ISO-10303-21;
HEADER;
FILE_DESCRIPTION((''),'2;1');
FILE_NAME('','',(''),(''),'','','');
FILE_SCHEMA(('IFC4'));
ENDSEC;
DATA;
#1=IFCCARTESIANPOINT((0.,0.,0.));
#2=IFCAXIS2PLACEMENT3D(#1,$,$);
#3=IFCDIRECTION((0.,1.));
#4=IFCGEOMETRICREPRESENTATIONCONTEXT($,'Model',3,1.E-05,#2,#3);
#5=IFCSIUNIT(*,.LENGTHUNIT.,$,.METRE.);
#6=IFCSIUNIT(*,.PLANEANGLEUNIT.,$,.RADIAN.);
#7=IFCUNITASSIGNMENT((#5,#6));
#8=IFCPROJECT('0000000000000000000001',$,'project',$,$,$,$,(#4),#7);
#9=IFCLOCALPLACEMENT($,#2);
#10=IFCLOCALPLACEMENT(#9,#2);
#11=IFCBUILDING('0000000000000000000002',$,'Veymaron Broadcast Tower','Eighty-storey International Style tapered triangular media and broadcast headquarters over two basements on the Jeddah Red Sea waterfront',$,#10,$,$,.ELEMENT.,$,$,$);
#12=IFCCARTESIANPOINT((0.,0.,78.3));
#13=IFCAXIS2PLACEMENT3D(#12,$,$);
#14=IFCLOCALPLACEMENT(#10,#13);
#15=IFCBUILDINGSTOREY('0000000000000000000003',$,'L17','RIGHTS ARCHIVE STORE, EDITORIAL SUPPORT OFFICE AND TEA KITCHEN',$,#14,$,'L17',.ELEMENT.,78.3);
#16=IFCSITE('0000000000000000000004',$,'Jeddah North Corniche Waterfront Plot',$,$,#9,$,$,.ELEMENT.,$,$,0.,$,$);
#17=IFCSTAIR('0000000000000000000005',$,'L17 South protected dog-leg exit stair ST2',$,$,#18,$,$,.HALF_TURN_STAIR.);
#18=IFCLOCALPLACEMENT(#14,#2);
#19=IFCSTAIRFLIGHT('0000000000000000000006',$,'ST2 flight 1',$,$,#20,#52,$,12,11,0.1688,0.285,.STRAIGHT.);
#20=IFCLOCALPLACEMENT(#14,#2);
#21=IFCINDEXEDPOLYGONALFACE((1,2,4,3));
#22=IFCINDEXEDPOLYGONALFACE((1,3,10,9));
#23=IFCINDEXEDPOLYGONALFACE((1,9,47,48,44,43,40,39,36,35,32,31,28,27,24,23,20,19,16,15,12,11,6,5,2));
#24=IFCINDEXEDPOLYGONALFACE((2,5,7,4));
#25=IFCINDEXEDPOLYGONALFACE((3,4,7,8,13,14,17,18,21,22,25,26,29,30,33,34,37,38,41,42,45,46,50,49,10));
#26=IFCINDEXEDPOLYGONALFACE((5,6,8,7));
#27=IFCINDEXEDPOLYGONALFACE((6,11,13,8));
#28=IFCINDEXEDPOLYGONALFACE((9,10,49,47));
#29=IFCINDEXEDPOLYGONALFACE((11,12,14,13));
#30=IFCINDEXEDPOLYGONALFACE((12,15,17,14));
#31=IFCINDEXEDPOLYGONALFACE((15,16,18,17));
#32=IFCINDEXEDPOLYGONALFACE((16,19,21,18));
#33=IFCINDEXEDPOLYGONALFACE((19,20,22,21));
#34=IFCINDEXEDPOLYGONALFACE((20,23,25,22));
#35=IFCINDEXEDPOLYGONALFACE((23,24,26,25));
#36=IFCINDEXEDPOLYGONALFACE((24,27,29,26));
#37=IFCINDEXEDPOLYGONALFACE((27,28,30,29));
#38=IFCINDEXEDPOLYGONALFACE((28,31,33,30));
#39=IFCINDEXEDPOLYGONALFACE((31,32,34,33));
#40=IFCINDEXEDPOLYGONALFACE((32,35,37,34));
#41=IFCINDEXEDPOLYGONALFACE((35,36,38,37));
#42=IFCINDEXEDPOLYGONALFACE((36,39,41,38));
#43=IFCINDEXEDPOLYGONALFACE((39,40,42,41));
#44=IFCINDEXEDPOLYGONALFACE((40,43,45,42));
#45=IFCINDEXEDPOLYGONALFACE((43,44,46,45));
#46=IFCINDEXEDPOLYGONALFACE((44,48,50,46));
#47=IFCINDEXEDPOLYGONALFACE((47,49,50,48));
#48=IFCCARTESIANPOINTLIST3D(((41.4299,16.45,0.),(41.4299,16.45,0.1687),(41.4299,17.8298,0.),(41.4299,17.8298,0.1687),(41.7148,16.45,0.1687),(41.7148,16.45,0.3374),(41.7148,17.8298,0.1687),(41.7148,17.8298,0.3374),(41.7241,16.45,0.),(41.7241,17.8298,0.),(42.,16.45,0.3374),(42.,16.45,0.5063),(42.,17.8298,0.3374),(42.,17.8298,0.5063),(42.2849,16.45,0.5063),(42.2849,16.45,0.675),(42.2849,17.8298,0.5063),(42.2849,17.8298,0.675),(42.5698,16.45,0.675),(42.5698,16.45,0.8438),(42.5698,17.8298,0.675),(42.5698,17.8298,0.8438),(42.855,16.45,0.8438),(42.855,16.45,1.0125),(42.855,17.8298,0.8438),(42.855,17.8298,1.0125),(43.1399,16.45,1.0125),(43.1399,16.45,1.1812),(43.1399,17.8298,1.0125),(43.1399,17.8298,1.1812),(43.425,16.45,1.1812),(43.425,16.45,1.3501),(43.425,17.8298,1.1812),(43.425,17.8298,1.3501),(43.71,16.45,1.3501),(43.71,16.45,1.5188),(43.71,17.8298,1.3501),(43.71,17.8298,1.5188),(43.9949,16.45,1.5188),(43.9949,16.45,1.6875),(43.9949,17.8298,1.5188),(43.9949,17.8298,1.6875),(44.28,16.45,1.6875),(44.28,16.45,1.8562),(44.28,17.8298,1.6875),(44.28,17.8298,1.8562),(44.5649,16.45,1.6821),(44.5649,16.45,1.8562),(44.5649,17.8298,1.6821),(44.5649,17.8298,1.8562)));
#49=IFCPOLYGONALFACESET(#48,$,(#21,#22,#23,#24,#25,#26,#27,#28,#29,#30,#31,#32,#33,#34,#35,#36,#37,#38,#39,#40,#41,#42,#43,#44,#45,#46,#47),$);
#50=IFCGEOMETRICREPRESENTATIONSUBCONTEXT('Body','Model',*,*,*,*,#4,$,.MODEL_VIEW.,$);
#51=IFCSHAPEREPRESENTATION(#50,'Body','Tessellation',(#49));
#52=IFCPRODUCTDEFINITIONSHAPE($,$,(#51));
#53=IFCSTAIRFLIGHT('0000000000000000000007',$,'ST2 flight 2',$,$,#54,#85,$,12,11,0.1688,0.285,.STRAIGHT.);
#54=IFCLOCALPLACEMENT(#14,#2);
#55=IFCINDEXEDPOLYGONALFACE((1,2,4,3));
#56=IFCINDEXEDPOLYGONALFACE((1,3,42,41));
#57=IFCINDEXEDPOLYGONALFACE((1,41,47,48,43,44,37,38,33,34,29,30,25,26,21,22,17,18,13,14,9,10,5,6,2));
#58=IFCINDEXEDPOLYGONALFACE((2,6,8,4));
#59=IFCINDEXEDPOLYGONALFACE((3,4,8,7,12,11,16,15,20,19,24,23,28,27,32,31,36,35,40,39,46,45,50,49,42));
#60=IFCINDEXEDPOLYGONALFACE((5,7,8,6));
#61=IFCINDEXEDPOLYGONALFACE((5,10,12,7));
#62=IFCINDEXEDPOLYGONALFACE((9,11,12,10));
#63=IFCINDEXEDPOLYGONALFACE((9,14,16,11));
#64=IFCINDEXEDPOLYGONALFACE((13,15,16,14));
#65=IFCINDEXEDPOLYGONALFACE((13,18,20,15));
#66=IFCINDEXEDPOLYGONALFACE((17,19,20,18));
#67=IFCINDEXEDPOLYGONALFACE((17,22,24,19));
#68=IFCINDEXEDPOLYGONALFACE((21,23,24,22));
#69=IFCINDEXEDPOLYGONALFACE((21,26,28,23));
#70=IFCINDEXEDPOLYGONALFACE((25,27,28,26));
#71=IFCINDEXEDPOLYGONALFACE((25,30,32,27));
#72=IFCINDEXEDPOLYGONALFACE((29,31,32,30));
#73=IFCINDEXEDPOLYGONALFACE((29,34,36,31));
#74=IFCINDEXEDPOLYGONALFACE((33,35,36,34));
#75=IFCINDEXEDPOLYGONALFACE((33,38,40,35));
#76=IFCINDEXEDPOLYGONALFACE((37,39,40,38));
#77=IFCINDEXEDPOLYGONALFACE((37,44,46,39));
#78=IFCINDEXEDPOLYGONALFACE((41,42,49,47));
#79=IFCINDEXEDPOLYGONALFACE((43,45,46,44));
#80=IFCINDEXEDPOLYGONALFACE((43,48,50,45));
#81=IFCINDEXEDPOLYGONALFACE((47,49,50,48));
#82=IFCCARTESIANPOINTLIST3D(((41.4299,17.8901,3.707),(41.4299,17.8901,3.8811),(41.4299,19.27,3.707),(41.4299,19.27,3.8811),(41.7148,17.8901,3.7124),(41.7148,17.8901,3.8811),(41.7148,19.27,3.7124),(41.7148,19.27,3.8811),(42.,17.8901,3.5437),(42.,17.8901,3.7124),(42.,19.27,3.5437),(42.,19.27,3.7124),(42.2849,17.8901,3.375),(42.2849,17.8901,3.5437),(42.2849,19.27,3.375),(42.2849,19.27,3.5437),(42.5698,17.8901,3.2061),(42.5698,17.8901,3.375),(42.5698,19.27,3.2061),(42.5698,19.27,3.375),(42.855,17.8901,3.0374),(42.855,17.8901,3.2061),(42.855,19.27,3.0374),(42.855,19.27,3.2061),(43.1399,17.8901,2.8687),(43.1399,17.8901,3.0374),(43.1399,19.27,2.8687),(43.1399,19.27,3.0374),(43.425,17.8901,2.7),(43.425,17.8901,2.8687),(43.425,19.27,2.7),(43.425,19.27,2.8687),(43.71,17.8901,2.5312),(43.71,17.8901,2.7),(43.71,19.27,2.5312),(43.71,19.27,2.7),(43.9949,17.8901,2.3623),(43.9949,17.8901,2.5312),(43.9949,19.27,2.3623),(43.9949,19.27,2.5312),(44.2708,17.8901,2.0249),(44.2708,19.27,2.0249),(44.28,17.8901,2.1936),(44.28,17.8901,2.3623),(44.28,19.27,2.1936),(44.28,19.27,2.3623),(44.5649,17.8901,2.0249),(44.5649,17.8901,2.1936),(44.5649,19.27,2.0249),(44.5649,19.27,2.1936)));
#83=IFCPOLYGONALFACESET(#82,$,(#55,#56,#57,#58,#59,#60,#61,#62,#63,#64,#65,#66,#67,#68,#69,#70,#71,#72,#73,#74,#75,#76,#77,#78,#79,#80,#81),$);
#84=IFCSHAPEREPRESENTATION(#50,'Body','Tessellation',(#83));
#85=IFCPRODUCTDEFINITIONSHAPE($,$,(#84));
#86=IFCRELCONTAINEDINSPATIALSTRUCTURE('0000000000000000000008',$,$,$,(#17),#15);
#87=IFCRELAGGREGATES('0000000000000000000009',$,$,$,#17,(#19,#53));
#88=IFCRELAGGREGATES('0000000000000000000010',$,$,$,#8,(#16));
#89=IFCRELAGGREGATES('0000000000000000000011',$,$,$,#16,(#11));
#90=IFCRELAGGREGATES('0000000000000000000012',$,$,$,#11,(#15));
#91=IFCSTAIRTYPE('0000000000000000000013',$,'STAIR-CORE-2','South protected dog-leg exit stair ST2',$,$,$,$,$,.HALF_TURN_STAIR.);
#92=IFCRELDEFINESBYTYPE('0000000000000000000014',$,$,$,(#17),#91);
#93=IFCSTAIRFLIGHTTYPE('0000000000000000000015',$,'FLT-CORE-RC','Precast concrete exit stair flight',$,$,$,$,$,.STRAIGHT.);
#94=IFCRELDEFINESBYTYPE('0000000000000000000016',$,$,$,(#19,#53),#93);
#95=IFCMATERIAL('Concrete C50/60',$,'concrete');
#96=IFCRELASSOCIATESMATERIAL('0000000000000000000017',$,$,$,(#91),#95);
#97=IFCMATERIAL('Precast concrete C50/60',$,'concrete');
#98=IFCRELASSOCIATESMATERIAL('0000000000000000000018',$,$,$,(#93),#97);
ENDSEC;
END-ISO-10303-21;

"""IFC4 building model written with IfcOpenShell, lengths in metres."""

from ifc_helpers import new_model, si_unit, direction, frame, origin, place, context, subcontext, project, spatial, polyline, outline, extrude, material, type_object, element, aggregate, save


model = new_model("IFC4")

# Units and contexts
model_context = context("Model", 3, precision=1e-05, world=origin(), true_north=direction((0.0, 1.0)))
body_context = subcontext(model_context, "Body", "Model", "MODEL_VIEW")
ifc_project = project(units=[si_unit("LENGTHUNIT", "METRE"), si_unit("PLANEANGLEUNIT", "RADIAN")], contexts=[model_context])

# Site, building, storey
site_placement = place(None, origin())
site = spatial("IfcSite", under=ifc_project, at=site_placement, Name="Jeddah North Corniche Waterfront Plot", CompositionType="ELEMENT", RefElevation=0.0)
building_placement = place(site_placement, origin())
building = spatial("IfcBuilding", under=site, at=building_placement, Name="Veymaron Broadcast Tower", Description="Eighty-storey International Style tapered triangular media and broadcast headquarters over two basements on the Jeddah Red Sea waterfront", CompositionType="ELEMENT")
storey_placement = place(building_placement, frame((0.0, 0.0, 78.3)))
storey = spatial("IfcBuildingStorey", under=building, at=storey_placement, Name="L17", Description="RIGHTS ARCHIVE STORE, EDITORIAL SUPPORT OFFICE AND TEA KITCHEN", LongName="L17", CompositionType="ELEMENT", Elevation=78.3)

# Shared definitions
ifc_material_1 = material(Name="Concrete C50/60", Category="concrete")

# Stair, stair flights
stair_type = type_object("IfcStairType", Name="STAIR-CORE-2", Description="South protected dog-leg exit stair ST2", PredefinedType="HALF_TURN_STAIR", material=ifc_material_1)
stair_placement = place(storey_placement, origin())
stair = element("IfcStair", 1, at=stair_placement, inside=storey, type_object=stair_type, Name="L17 South protected dog-leg exit stair ST2", PredefinedType="HALF_TURN_STAIR")
ifc_material_2 = material(Name="Precast concrete C50/60", Category="concrete")
stair_flight_type = type_object("IfcStairFlightType", Name="FLT-CORE-RC", Description="Precast concrete exit stair flight", PredefinedType="STRAIGHT", material=ifc_material_2)
stair_flight_1_placement = place(storey_placement, frame((41.4299, 17.1399, 0.0), z_axis=(0.0, 0.0, 1.0), x_axis=(1.0, 0.0, 0.0)))
stair_flight_1 = element("IfcStairFlight", 2, at=stair_flight_1_placement, type_object=stair_flight_type, Name="ST2 flight 1", NumberOfRisers=12, NumberOfTreads=11, PredefinedType="STRAIGHT", RiserHeight=0.1688, TreadLength=0.285, context=body_context, shape_type="SweptSolid", body=[
    extrude(outline(polyline([(0.0, 0.0), (0.0, 0.1687), (0.2849, 0.1687), (0.2849, 0.3374), (0.5701, 0.3374), (0.5701, 0.5063), (0.855, 0.5063), (0.855, 0.675), (1.1399, 0.675), (1.1399, 0.8438), (1.425, 0.8438), (1.425, 1.0125), (1.71, 1.0125), (1.71, 1.1812), (1.9951, 1.1812), (1.9951, 1.3501), (2.28, 1.3501), (2.28, 1.5188), (2.5649, 1.5188), (2.5649, 1.6875), (2.8501, 1.6875), (2.8501, 1.8562), (3.135, 1.8562), (3.135, 2.0249), (3.135, 1.6821), (0.2942, 0.0), (0.0, 0.0)])), frame((0.0, 0.6899, 0.0), z_axis=(0.0, -1.0, 0.0), x_axis=(1.0, 0.0, 0.0)), (0.0, 0.0, 1.0), 1.3799),
])
stair_flight_2_placement = place(storey_placement, frame((44.5649, 18.5801, 2.0249), z_axis=(0.0, 0.0, 1.0), x_axis=(-1.0, 0.0, 0.0)))
stair_flight_2 = element("IfcStairFlight", 3, at=stair_flight_2_placement, type_object=stair_flight_type, Name="ST2 flight 2", NumberOfRisers=12, NumberOfTreads=11, PredefinedType="STRAIGHT", RiserHeight=0.1688, TreadLength=0.285, context=body_context, shape_type="SweptSolid", body=[
    extrude(outline(polyline([(0.0, 0.0), (0.0, 0.1687), (0.2849, 0.1687), (0.2849, 0.3374), (0.5701, 0.3374), (0.5701, 0.5063), (0.855, 0.5063), (0.855, 0.675), (1.1399, 0.675), (1.1399, 0.8438), (1.425, 0.8438), (1.425, 1.0125), (1.71, 1.0125), (1.71, 1.1812), (1.9951, 1.1812), (1.9951, 1.3501), (2.28, 1.3501), (2.28, 1.5188), (2.5649, 1.5188), (2.5649, 1.6875), (2.8501, 1.6875), (2.8501, 1.8562), (3.135, 1.8562), (3.135, 2.0249), (3.135, 1.6821), (0.2942, 0.0), (0.0, 0.0)])), frame((0.0, 0.6899, 0.0), z_axis=(0.0, -1.0, 0.0), x_axis=(1.0, 0.0, 0.0)), (0.0, 0.0, 1.0), 1.3799),
])
aggregate(stair, [stair_flight_1, stair_flight_2])

save(model, "model.ifc")
